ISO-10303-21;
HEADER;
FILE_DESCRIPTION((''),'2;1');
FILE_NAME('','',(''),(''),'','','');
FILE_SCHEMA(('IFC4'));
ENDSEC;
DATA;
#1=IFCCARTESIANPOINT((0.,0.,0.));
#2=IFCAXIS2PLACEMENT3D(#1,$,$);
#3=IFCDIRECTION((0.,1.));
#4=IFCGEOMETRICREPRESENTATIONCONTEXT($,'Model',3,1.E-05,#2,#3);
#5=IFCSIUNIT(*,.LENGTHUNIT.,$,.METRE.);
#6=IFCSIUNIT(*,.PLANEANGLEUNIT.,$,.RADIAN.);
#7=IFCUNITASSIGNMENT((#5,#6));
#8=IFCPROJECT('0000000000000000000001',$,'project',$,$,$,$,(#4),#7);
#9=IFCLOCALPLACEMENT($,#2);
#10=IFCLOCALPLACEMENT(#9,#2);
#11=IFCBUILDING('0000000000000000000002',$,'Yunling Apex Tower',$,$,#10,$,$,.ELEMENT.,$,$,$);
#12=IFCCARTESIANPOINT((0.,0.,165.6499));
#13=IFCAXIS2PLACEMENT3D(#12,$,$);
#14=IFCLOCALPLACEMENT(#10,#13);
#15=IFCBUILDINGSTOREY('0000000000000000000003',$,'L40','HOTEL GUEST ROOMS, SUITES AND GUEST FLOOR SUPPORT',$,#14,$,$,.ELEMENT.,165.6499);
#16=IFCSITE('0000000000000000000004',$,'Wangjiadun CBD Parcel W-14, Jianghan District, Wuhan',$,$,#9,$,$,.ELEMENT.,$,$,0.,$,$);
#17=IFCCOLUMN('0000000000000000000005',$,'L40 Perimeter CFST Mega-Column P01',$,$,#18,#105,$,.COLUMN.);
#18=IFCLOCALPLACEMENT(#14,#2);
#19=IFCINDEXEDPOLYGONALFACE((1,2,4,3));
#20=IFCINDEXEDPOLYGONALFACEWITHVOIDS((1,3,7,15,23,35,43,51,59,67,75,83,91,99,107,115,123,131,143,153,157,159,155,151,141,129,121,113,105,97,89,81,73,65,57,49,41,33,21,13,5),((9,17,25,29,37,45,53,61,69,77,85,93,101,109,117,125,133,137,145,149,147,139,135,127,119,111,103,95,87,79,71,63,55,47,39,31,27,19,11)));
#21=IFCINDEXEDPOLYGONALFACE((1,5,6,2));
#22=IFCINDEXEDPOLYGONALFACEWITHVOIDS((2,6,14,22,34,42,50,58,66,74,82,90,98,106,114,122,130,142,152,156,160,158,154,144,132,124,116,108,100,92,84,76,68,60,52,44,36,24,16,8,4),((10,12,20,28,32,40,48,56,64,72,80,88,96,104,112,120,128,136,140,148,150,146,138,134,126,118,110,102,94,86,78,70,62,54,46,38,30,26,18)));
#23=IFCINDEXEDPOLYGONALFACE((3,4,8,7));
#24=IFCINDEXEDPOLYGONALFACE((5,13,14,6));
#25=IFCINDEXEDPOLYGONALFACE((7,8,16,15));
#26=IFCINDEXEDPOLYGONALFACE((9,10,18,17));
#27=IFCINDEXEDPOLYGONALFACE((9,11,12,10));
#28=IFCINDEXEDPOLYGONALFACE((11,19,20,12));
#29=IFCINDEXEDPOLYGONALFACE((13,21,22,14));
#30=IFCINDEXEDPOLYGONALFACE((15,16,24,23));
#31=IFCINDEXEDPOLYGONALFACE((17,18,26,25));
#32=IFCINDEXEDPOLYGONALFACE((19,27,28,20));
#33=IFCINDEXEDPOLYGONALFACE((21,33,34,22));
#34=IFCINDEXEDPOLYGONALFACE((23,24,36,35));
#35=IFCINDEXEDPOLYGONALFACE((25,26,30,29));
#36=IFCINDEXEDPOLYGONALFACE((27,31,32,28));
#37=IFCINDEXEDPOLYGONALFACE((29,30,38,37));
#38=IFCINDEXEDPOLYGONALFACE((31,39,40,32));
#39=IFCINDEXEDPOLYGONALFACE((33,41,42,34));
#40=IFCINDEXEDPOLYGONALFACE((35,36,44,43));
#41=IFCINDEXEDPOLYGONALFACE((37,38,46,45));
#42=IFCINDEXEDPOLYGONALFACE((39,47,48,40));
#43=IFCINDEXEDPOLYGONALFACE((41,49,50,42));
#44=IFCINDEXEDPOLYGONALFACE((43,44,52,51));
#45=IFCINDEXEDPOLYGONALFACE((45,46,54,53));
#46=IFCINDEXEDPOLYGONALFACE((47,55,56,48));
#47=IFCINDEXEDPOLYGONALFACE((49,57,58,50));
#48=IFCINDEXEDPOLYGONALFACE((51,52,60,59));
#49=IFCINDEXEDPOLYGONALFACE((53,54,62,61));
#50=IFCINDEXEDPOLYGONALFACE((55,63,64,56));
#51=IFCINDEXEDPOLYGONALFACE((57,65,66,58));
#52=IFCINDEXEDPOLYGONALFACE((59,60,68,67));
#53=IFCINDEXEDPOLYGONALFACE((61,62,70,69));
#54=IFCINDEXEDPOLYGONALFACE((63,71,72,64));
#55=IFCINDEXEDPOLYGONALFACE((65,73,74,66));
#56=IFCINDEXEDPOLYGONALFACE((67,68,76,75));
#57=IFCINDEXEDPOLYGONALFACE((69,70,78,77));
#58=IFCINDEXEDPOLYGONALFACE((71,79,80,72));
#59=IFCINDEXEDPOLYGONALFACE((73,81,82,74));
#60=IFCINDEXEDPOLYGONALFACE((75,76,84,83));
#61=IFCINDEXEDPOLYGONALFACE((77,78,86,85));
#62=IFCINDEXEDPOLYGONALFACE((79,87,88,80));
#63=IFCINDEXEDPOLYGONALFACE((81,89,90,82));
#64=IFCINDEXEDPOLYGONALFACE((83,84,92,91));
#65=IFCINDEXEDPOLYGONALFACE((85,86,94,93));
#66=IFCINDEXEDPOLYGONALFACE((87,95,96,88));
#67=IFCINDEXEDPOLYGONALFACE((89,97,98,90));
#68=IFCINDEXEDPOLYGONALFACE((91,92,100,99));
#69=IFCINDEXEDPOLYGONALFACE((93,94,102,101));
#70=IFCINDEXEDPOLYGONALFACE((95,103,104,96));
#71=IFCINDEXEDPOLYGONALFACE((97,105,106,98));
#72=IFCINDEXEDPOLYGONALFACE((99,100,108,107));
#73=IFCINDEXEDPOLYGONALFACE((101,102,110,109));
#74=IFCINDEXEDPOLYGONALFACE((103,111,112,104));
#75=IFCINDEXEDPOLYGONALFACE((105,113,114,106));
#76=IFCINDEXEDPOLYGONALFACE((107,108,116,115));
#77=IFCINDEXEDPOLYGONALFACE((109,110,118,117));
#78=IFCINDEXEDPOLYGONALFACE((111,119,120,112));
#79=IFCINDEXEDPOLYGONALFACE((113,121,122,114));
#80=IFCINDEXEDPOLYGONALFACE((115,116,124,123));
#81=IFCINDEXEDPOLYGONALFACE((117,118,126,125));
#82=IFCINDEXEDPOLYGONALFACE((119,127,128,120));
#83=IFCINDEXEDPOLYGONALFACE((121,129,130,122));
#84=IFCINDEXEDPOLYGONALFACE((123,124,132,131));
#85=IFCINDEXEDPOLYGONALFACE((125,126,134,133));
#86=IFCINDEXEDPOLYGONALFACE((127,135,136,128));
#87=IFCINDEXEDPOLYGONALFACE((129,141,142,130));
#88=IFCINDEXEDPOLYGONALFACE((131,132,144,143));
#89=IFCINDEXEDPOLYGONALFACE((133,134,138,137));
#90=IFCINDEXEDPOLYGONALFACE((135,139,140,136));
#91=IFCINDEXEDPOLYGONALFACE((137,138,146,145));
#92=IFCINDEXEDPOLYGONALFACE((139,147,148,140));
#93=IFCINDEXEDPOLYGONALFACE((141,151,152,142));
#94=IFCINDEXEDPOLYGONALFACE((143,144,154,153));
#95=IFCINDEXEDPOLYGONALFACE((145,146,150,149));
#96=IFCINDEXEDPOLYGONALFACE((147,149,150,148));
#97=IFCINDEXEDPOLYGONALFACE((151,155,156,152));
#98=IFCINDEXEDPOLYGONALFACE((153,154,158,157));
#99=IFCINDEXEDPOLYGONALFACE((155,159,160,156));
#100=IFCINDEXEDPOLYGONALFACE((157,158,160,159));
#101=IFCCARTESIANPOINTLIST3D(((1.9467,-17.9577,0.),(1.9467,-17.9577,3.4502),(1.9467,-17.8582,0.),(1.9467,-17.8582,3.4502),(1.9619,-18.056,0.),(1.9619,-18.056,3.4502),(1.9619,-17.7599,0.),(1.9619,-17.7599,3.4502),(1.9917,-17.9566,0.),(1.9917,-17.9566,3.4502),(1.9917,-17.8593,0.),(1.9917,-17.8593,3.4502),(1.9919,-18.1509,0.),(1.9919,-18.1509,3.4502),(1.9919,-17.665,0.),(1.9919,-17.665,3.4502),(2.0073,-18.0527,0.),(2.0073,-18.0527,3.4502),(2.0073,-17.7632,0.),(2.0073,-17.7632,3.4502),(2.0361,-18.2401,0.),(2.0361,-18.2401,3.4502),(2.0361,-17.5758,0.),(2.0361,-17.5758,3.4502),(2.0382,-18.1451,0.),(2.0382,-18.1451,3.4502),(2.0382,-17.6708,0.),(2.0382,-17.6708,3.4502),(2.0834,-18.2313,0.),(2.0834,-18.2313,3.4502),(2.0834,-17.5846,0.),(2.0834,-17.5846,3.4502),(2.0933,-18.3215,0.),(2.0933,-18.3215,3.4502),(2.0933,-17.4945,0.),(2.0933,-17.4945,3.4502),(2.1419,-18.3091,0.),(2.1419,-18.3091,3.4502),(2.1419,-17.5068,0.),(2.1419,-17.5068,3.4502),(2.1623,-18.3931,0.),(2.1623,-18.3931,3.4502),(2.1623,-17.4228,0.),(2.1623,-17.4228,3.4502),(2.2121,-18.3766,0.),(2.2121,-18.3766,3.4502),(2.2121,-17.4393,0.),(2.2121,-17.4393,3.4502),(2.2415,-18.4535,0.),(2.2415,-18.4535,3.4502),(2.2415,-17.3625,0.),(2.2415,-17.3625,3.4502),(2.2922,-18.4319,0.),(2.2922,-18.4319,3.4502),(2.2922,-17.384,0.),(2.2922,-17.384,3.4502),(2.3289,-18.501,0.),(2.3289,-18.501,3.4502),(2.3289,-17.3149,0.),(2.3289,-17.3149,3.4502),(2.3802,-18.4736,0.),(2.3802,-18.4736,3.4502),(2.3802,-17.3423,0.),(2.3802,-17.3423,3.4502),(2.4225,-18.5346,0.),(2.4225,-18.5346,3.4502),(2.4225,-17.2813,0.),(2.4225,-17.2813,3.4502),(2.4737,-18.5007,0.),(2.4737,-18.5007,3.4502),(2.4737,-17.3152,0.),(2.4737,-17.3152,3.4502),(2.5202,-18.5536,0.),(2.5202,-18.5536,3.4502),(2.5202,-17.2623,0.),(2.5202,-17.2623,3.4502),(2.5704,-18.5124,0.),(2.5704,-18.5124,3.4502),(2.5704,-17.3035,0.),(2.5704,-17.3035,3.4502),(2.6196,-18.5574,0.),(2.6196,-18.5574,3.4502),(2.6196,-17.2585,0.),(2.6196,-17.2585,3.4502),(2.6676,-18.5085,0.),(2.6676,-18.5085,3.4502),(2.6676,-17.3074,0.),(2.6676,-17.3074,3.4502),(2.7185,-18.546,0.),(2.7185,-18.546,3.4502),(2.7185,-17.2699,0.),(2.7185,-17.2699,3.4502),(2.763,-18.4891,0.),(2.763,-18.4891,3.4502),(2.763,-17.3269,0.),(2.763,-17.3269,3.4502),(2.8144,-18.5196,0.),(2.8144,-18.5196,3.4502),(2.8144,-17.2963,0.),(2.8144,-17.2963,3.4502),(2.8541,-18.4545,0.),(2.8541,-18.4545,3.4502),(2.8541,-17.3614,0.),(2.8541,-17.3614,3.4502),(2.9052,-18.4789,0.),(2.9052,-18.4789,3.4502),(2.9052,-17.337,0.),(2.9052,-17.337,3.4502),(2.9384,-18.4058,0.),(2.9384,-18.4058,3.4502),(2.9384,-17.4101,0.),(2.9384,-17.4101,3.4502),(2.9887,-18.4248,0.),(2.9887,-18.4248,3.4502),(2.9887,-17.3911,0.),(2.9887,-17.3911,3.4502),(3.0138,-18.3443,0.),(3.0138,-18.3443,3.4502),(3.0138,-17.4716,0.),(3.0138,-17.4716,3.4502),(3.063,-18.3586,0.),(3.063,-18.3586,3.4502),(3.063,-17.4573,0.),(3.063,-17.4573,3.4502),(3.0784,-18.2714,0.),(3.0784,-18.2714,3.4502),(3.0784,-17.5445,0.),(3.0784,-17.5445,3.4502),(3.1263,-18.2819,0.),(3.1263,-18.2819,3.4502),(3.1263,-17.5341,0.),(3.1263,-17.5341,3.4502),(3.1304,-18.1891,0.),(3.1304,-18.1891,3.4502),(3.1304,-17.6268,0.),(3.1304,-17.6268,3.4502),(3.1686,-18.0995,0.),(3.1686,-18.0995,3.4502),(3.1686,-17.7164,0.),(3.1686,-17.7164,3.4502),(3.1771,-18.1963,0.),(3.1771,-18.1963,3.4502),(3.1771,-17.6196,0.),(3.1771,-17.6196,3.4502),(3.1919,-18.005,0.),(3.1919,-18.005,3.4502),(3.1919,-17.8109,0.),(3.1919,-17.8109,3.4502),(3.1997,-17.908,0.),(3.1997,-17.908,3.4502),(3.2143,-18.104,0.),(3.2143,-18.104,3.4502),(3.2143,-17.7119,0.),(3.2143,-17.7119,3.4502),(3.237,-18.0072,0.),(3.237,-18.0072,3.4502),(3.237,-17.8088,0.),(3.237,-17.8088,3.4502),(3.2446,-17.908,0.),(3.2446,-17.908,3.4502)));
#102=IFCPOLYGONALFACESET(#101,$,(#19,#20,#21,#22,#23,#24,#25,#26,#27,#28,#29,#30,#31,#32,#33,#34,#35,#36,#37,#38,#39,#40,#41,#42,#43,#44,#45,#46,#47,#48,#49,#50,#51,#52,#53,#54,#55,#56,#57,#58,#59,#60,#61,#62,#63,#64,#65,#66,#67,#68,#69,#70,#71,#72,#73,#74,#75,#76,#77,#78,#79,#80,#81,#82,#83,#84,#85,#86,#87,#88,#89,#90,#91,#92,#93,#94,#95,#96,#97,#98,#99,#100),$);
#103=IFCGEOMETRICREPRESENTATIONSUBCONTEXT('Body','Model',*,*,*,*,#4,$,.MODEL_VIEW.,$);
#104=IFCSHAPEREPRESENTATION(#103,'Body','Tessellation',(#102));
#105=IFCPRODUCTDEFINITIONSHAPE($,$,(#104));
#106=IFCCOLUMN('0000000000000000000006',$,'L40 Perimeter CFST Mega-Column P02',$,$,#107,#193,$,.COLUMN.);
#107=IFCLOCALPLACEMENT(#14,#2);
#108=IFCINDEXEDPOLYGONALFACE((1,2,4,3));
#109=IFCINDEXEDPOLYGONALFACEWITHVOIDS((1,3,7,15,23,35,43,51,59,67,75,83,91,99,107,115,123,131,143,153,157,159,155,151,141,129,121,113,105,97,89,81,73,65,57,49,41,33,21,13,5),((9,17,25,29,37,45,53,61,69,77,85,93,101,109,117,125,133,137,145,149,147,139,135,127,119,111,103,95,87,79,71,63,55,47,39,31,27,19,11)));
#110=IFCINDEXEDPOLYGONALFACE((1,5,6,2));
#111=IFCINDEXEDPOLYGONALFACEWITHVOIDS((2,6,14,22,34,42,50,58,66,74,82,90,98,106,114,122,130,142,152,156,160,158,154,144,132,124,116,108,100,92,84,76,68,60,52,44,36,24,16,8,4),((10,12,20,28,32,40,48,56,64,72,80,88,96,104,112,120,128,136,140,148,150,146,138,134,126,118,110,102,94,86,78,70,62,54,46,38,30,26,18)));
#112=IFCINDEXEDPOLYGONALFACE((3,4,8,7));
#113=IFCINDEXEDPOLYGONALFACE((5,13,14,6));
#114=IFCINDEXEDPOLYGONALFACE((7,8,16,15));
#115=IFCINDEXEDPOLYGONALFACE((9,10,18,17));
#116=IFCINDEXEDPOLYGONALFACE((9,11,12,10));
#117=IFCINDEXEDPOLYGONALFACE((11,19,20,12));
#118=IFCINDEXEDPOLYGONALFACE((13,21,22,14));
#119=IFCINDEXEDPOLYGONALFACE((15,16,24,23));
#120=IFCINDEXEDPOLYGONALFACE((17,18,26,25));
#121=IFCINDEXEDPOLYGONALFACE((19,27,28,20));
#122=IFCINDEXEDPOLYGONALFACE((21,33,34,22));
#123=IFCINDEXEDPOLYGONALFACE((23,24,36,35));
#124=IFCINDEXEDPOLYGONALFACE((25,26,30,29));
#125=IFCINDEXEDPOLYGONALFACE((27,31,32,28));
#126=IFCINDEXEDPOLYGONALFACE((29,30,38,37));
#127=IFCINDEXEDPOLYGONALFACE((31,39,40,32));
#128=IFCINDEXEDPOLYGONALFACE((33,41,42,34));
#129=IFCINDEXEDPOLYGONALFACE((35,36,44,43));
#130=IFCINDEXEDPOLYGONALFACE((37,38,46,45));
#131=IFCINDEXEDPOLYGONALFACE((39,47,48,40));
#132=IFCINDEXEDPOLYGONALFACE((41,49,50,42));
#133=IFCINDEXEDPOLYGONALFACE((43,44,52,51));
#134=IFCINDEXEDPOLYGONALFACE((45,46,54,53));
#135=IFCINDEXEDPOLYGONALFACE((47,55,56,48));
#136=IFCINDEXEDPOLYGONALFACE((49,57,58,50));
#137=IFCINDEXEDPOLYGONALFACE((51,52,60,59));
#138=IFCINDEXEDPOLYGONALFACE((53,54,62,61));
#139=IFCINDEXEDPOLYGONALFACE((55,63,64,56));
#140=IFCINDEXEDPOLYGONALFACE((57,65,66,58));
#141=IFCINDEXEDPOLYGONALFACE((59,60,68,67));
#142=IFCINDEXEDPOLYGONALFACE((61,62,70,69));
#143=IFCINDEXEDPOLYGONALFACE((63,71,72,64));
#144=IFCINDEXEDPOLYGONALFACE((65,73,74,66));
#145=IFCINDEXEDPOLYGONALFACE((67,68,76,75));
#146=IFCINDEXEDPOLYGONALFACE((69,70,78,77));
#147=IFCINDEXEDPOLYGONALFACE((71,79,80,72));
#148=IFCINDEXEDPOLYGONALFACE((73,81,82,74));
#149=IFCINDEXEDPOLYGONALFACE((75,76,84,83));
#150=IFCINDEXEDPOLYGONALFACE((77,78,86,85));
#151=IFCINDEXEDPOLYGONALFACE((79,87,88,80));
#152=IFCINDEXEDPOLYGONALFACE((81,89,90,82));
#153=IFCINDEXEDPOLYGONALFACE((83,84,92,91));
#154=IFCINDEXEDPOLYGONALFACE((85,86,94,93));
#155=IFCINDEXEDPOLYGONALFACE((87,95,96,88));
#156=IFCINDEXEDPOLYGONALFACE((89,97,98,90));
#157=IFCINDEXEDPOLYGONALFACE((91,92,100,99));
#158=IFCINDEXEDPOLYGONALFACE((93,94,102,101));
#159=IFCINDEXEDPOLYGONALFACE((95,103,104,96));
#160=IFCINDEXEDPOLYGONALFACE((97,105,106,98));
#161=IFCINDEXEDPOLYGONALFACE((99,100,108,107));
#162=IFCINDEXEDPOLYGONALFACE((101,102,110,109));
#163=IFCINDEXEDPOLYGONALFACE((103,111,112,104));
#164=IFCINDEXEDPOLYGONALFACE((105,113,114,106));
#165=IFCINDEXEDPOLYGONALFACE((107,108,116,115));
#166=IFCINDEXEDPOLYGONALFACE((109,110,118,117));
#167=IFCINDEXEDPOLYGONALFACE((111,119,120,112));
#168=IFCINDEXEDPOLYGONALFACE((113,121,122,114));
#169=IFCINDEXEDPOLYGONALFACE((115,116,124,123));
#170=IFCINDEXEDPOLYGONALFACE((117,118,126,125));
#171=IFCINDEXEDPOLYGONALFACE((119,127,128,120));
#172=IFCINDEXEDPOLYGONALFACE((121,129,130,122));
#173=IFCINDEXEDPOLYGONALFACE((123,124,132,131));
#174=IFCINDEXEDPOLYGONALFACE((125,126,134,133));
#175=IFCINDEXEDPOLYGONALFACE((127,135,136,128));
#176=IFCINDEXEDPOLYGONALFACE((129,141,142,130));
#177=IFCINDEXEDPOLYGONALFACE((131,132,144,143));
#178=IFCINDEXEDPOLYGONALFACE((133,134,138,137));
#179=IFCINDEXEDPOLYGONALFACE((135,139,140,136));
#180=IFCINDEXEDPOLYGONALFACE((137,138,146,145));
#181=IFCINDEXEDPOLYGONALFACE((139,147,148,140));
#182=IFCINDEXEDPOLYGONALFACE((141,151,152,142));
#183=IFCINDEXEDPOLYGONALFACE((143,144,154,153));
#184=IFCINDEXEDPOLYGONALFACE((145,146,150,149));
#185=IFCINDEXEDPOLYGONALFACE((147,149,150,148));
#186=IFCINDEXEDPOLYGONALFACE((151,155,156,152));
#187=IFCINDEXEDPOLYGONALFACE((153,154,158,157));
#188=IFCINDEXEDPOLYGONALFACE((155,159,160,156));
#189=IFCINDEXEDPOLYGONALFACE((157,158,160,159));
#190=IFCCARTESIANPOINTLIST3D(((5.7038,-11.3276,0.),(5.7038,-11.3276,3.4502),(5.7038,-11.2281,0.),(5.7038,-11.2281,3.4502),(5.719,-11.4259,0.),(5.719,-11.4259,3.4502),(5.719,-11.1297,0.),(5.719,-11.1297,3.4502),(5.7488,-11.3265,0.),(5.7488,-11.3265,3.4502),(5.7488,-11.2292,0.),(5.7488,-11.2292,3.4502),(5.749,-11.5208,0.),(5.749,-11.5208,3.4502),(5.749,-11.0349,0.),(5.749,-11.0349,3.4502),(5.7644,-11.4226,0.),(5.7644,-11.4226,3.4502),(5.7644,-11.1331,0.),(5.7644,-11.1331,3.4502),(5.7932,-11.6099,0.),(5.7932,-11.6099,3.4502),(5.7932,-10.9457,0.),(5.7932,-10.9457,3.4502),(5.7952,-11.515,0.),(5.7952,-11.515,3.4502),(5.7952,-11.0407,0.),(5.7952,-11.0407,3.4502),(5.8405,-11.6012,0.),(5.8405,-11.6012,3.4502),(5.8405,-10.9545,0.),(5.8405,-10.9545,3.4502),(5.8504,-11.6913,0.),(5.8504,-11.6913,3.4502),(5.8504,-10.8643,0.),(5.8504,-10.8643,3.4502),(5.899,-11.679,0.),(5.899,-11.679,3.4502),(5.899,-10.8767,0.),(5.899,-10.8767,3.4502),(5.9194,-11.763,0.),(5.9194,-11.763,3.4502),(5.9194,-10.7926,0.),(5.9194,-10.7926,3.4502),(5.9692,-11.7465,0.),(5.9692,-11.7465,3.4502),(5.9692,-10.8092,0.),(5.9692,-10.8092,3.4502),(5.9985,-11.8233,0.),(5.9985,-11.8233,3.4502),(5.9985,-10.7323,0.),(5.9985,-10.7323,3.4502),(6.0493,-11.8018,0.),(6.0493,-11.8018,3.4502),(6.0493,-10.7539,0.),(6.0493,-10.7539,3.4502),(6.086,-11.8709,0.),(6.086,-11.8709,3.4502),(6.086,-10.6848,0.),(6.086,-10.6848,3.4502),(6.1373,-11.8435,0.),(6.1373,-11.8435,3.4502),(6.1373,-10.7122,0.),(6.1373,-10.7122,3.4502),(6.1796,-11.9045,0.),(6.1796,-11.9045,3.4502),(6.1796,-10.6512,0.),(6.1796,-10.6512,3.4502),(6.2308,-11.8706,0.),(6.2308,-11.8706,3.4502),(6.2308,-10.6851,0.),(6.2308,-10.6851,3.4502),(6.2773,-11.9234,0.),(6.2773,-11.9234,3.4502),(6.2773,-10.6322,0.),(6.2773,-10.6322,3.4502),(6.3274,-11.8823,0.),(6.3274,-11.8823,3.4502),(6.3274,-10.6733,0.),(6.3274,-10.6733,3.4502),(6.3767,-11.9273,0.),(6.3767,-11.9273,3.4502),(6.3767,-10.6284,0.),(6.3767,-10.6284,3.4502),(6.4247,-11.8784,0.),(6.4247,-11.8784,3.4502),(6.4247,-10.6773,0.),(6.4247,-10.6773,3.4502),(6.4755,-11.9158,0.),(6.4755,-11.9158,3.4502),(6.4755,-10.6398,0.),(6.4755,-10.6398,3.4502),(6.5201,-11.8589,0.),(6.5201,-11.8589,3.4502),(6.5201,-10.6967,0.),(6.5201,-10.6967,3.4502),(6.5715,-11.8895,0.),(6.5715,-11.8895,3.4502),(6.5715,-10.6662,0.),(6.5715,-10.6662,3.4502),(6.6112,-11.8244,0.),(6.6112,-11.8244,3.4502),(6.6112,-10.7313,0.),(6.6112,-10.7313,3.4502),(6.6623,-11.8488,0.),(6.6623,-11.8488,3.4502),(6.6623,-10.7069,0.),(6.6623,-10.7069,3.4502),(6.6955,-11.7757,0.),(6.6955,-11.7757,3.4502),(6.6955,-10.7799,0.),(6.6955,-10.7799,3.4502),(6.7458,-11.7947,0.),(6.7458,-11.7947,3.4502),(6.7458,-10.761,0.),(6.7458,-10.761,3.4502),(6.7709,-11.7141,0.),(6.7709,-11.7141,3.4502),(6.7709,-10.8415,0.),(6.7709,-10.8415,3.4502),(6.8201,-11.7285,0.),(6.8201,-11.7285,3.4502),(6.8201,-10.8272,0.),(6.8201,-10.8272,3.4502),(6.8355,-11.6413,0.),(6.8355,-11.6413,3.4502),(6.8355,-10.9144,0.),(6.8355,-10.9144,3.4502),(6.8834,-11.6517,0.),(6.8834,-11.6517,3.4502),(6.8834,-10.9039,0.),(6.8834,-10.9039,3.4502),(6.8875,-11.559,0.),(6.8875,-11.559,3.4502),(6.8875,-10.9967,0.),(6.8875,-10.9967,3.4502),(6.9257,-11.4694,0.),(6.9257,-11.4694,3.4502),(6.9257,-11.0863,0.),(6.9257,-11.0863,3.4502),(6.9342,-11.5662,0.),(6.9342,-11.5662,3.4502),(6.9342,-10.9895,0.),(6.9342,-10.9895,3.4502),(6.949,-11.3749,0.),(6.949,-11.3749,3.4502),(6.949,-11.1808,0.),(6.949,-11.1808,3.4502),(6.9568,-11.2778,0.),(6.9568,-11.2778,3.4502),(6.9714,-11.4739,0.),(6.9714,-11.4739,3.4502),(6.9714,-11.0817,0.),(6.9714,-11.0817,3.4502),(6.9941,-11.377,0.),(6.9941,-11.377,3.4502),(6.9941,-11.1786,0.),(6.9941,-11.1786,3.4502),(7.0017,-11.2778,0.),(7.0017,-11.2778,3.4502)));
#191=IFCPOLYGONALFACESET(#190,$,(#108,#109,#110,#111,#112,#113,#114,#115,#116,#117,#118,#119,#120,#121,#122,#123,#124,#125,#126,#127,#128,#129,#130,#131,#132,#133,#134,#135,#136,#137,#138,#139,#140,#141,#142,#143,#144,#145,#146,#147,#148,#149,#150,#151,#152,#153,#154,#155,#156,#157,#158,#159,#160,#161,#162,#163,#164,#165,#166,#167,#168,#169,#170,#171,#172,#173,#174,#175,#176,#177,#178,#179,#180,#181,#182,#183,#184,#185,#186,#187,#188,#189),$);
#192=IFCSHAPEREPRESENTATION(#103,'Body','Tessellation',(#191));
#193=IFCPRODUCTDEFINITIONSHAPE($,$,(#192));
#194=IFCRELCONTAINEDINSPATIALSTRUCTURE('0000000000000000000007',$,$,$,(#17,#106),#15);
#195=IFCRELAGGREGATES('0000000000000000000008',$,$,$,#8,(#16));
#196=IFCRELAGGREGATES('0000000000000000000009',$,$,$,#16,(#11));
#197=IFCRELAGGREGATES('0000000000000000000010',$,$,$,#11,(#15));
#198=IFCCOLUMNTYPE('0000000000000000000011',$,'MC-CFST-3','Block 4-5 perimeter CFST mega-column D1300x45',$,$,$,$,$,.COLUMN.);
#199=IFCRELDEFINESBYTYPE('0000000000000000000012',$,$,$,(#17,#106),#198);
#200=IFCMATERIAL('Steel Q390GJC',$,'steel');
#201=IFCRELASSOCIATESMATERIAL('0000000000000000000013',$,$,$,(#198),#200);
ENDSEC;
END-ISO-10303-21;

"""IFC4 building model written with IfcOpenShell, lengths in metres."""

from ifc_helpers import new_model, si_unit, direction, frame, origin, origin_2d, place, context, subcontext, project, spatial, hollow_circle, extrude, source, transform, mapped, material, material_profile, profile_set, type_object, element, save


model = new_model("IFC4")

# Units and contexts
model_context = context("Model", 3, precision=1e-05, world=origin(), true_north=direction((0.0, 1.0)))
body_context = subcontext(model_context, "Body", "Model", "MODEL_VIEW")
ifc_project = project(units=[si_unit("LENGTHUNIT", "METRE"), si_unit("PLANEANGLEUNIT", "RADIAN")], contexts=[model_context])

# Site, building, storey
site_placement = place(None, origin())
site = spatial("IfcSite", under=ifc_project, at=site_placement, Name="Wangjiadun CBD Parcel W-14, Jianghan District, Wuhan", CompositionType="ELEMENT", RefElevation=0.0)
building_placement = place(site_placement, origin())
building = spatial("IfcBuilding", under=site, at=building_placement, Name="Yunling Apex Tower", CompositionType="ELEMENT")
storey_placement = place(building_placement, frame((0.0, 0.0, 165.6499)))
storey = spatial("IfcBuildingStorey", under=building, at=storey_placement, Name="L40", Description="HOTEL GUEST ROOMS, SUITES AND GUEST FLOOR SUPPORT", CompositionType="ELEMENT", Elevation=165.6499)

# Columns
ifc_material_1 = material(Name="Steel Q390GJC", Category="steel")
ifc_material_profile_1 = material_profile(ifc_material_1, hollow_circle(Radius=0.6499, WallThickness=0.0449, at=origin_2d()))
ifc_profile_set_1 = profile_set([ifc_material_profile_1], Name="Steel Q390GJC")
column_type = type_object("IfcColumnType", Name="MC-CFST-3", Description="Block 4-5 perimeter CFST mega-column D1300x45", PredefinedType="COLUMN", material=ifc_profile_set_1)
shared_shape_1 = source(origin(), body_context, "Body", "SweptSolid", [
    extrude(hollow_circle(Radius=0.6499, WallThickness=0.0449, at=origin_2d()), origin(), (0.0, 0.0, 1.0), 3.4502),
])
for number, where, z_axis, x_axis, name in (
    (1, (2.5947, -17.908, 0.0), (0.0, 0.0, 1.0), (1.0, 0.0, 0.0), "L40 Perimeter CFST Mega-Column P01"),
    (2, (6.3518, -11.2778, 0.0), (0.0, 0.0, 1.0), (1.0, 0.0, 0.0), "L40 Perimeter CFST Mega-Column P02"),
):
    element("IfcColumn", number, at=place(storey_placement, frame(where, z_axis=z_axis, x_axis=x_axis)), inside=storey, type_object=column_type, Name=name, PredefinedType="COLUMN", context=body_context, shape_type="MappedRepresentation", body=[
        mapped(shared_shape_1, transform((0.0, 0.0, 0.0), scale=1.0)),
    ])

save(model, "model.ifc")
